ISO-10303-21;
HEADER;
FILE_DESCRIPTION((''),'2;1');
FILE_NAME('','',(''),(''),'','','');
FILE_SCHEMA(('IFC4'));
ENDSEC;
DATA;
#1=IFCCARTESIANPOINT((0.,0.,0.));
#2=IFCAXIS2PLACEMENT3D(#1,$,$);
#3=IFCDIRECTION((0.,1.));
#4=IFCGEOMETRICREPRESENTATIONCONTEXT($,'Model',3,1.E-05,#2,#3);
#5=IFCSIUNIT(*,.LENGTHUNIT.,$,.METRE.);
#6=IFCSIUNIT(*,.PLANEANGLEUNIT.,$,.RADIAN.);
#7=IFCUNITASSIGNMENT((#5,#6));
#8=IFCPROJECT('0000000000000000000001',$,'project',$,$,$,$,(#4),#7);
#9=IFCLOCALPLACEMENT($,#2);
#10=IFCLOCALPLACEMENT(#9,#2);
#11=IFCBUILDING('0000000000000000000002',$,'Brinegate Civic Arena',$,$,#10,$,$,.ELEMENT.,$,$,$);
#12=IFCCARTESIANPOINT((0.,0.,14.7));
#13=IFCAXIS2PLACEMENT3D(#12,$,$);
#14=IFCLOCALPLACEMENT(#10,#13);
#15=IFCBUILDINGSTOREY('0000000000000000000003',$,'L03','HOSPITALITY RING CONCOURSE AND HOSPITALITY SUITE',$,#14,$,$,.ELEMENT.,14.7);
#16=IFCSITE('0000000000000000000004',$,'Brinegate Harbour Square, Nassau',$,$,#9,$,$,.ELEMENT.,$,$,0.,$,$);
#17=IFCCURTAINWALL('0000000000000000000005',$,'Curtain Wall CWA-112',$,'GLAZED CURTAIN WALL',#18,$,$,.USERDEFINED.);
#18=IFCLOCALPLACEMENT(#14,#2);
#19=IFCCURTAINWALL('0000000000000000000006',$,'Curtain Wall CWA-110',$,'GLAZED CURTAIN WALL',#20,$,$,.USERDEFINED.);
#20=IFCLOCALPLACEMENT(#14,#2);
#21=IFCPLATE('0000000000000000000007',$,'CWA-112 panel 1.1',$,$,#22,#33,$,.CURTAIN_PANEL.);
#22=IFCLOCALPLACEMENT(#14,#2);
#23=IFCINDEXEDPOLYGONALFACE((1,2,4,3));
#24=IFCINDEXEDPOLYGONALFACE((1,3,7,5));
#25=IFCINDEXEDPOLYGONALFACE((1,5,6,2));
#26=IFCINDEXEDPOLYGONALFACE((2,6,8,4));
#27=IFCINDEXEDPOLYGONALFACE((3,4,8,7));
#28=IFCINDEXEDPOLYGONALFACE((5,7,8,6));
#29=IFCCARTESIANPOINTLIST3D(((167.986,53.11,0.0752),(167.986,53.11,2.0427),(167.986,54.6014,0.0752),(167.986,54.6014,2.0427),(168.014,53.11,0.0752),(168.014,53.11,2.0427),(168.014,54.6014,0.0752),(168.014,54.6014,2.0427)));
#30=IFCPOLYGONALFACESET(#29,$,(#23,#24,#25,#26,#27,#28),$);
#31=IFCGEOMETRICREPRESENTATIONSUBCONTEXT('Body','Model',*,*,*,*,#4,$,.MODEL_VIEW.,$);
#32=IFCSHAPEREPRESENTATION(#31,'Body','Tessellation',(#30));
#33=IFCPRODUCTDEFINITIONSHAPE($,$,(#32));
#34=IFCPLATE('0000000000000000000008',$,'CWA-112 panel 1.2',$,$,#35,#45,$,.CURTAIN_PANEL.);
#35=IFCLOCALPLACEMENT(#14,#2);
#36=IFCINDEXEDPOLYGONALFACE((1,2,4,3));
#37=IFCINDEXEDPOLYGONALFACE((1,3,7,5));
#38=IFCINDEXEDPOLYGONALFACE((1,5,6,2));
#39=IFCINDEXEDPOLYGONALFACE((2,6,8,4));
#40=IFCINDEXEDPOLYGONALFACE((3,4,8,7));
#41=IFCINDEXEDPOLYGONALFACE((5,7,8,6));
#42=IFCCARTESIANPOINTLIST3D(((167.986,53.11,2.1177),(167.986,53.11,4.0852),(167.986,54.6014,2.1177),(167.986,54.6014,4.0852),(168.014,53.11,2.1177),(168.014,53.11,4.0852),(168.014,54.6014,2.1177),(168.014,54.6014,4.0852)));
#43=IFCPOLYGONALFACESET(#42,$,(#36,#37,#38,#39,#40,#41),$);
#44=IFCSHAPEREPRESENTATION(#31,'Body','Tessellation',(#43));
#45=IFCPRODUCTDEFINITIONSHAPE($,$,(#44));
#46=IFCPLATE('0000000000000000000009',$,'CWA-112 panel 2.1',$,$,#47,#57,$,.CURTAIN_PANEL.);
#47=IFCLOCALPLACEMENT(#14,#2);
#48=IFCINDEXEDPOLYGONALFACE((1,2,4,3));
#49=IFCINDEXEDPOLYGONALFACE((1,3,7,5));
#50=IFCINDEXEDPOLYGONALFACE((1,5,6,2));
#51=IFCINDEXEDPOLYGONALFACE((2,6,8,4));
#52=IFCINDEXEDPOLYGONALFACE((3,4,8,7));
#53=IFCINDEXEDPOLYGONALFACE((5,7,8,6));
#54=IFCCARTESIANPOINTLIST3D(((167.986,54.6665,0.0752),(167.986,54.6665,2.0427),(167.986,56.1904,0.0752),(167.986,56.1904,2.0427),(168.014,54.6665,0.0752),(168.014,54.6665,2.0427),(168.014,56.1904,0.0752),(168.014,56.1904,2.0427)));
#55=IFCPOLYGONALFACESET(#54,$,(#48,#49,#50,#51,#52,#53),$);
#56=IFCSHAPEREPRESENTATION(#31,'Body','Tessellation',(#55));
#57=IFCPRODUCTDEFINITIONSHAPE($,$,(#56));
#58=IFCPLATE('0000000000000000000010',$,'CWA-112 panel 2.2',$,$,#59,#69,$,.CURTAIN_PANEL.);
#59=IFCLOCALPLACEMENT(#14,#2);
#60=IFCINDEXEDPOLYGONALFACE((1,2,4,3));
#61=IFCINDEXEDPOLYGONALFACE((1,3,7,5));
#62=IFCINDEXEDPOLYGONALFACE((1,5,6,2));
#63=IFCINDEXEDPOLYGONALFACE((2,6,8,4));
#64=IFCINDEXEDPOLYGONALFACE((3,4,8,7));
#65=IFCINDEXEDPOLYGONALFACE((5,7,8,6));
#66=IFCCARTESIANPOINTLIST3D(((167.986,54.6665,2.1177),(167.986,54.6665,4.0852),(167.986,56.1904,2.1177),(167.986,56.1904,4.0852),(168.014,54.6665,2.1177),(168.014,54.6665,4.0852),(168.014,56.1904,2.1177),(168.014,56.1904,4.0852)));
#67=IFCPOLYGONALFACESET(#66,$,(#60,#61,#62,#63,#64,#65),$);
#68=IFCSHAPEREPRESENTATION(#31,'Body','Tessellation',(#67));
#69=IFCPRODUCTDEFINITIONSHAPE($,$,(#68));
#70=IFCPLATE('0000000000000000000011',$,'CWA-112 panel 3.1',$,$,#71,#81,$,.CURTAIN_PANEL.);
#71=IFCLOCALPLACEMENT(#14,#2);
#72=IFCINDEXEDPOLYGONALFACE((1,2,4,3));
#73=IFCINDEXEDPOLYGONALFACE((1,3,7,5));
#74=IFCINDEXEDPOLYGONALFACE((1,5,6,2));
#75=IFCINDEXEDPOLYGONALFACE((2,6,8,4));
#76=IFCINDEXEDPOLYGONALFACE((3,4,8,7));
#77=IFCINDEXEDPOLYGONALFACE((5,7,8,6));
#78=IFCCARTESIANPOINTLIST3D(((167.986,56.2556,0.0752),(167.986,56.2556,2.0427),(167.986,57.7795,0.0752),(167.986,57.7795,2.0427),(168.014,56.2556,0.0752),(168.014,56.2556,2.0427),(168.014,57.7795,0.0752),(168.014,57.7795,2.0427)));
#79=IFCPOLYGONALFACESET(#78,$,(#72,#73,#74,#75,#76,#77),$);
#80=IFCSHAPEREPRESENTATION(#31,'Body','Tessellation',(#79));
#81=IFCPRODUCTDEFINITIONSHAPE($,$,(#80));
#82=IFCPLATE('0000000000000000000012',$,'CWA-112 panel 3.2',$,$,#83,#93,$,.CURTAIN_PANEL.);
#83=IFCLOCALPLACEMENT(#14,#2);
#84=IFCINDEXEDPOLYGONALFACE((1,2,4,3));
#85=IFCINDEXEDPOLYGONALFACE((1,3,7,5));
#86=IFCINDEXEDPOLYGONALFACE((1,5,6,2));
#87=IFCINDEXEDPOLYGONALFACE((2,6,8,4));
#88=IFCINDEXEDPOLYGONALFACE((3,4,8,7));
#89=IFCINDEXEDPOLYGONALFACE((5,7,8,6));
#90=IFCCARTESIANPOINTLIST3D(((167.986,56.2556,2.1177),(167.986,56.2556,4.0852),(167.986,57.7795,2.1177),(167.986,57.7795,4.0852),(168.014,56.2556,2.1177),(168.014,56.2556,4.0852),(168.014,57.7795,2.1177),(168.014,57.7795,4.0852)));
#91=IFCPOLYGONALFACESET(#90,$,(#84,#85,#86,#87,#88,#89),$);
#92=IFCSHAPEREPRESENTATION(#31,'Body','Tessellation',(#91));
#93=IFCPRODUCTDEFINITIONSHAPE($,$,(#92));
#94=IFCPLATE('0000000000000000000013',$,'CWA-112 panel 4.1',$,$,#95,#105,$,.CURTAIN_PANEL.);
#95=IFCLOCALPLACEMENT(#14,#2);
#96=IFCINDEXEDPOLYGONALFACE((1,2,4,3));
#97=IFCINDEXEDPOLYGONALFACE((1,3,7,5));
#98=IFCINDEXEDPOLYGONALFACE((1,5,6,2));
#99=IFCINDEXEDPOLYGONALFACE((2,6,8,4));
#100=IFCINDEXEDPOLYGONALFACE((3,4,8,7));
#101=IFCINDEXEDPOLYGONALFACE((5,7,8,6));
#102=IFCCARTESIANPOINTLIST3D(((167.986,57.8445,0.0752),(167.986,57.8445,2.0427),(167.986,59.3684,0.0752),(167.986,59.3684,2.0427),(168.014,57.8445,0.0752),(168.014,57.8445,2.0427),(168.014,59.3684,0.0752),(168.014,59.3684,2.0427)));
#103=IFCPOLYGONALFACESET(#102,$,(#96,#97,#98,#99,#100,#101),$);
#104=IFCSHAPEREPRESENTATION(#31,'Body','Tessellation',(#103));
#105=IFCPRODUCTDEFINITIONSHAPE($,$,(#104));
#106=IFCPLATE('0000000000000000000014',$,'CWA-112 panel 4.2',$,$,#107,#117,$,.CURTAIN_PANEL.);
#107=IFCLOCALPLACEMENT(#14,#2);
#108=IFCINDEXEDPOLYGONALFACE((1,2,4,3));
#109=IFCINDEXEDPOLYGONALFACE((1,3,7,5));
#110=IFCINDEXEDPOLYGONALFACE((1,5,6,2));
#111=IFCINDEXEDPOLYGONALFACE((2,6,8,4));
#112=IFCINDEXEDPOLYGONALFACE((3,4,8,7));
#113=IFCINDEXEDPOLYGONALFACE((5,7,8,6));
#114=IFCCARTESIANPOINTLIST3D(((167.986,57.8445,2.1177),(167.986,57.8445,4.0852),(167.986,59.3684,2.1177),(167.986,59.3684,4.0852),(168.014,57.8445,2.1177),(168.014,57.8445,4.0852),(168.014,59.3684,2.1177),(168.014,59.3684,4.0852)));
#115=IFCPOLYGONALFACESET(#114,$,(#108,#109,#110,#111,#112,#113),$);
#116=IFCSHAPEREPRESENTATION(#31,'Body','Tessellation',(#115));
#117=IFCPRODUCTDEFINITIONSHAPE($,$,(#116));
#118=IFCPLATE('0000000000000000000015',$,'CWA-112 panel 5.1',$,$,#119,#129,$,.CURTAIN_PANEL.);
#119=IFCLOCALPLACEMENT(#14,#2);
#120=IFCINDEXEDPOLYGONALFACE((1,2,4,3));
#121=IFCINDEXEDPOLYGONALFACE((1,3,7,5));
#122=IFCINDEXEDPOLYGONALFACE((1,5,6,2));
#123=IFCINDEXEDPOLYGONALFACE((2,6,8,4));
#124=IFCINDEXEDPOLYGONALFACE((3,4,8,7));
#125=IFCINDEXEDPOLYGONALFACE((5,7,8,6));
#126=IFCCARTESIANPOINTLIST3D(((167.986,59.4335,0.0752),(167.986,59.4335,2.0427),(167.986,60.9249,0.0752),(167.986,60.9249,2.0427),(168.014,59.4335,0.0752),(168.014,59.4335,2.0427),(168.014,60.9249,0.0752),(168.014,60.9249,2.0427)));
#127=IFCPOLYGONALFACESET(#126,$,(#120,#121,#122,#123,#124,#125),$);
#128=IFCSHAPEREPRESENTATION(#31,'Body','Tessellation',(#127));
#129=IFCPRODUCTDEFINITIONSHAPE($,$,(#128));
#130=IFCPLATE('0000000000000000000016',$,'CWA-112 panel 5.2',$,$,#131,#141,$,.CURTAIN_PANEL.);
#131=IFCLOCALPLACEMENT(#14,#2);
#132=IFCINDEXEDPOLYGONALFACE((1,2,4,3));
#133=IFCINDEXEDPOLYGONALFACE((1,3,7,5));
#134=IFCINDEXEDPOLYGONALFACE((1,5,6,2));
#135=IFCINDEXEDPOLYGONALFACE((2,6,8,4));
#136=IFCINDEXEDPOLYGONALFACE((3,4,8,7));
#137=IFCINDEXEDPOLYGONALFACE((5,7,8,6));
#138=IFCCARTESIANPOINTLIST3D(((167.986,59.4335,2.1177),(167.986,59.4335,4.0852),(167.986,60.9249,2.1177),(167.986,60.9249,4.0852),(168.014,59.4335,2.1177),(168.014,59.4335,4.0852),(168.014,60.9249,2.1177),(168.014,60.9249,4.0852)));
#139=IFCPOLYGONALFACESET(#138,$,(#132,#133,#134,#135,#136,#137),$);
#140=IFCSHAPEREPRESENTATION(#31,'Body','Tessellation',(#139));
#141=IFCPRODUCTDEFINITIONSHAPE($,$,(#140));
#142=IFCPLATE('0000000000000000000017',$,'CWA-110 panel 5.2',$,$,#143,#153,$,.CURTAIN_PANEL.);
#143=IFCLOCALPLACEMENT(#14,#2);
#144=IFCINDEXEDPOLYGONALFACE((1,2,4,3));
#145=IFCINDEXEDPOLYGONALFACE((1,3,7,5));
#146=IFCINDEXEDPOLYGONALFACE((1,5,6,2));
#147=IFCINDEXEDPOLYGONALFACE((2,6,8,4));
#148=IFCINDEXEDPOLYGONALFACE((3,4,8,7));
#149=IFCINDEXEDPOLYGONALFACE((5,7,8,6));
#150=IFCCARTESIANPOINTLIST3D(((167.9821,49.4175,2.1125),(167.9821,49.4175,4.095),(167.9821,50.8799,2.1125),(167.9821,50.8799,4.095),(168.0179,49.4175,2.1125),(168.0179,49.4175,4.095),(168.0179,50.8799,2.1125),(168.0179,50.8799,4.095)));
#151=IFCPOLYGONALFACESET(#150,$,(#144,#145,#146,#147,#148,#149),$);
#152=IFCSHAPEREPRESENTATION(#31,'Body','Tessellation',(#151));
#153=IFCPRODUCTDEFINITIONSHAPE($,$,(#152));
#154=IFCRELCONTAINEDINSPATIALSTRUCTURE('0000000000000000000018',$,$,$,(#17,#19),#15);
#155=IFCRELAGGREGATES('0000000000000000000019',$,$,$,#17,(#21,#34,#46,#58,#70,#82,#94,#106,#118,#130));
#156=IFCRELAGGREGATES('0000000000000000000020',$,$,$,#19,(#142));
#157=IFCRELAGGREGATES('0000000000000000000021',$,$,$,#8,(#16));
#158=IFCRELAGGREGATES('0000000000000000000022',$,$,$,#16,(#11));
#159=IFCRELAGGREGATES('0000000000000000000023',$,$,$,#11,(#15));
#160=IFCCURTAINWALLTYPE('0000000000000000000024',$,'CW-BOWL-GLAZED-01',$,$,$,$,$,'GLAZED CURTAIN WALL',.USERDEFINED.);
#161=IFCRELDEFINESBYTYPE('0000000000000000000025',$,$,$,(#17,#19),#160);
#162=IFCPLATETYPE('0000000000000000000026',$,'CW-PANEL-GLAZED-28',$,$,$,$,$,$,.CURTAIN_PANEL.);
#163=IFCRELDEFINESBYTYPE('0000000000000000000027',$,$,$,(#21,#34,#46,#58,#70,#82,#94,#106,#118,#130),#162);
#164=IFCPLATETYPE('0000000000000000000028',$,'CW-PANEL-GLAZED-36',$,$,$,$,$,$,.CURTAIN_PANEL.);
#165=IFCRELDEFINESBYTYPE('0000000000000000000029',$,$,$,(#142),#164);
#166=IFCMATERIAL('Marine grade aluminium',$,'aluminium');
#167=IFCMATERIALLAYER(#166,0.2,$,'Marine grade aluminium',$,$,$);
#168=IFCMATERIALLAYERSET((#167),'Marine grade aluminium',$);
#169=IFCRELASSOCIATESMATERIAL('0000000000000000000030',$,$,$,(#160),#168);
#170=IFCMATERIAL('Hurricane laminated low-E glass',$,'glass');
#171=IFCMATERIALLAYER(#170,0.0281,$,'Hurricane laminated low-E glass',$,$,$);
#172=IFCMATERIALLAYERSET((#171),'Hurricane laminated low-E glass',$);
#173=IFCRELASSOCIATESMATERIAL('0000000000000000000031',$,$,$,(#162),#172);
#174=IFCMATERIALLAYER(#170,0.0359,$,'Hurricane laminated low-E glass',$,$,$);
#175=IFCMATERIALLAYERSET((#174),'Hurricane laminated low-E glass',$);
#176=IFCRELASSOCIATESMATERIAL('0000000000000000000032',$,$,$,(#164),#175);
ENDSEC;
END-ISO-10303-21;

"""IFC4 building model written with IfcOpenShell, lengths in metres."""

from ifc_helpers import new_model, si_unit, direction, frame, origin, origin_2d, place, context, subcontext, project, spatial, rectangle, extrude, material, layer, layer_set, type_object, element, aggregate, save


model = new_model("IFC4")

# Units and contexts
model_context = context("Model", 3, precision=1e-05, world=origin(), true_north=direction((0.0, 1.0)))
body_context = subcontext(model_context, "Body", "Model", "MODEL_VIEW")
ifc_project = project(units=[si_unit("LENGTHUNIT", "METRE"), si_unit("PLANEANGLEUNIT", "RADIAN")], contexts=[model_context])

# Site, building, storey
site_placement = place(None, origin())
site = spatial("IfcSite", under=ifc_project, at=site_placement, Name="Brinegate Harbour Square, Nassau", CompositionType="ELEMENT", RefElevation=0.0)
building_placement = place(site_placement, origin())
building = spatial("IfcBuilding", under=site, at=building_placement, Name="Brinegate Civic Arena", CompositionType="ELEMENT")
storey_placement = place(building_placement, frame((0.0, 0.0, 14.7)))
storey = spatial("IfcBuildingStorey", under=building, at=storey_placement, Name="L03", Description="HOSPITALITY RING CONCOURSE AND HOSPITALITY SUITE", CompositionType="ELEMENT", Elevation=14.7)

# Curtain wall
ifc_material_1 = material(Name="Marine grade aluminium", Category="aluminium")
ifc_layer_1 = layer(ifc_material_1, 0.2, Name="Marine grade aluminium")
ifc_layer_set_1 = layer_set([ifc_layer_1], Name="Marine grade aluminium")
curtain_wall_type = type_object("IfcCurtainWallType", Name="CW-BOWL-GLAZED-01", ElementType="GLAZED CURTAIN WALL", PredefinedType="USERDEFINED", material=ifc_layer_set_1)
curtain_wall_1_placement = place(storey_placement, origin())
curtain_wall_1 = element("IfcCurtainWall", 1, at=curtain_wall_1_placement, inside=storey, type_object=curtain_wall_type, Name="Curtain Wall CWA-112", ObjectType="GLAZED CURTAIN WALL", PredefinedType="USERDEFINED")

# Curtain wall
curtain_wall_2_placement = place(storey_placement, origin())
curtain_wall_2 = element("IfcCurtainWall", 2, at=curtain_wall_2_placement, inside=storey, type_object=curtain_wall_type, Name="Curtain Wall CWA-110", ObjectType="GLAZED CURTAIN WALL", PredefinedType="USERDEFINED")

# Plates
ifc_material_2 = material(Name="Hurricane laminated low-E glass", Category="glass")
ifc_layer_2 = layer(ifc_material_2, 0.0281, Name="Hurricane laminated low-E glass")
ifc_layer_set_2 = layer_set([ifc_layer_2], Name="Hurricane laminated low-E glass")
plate_type_1 = type_object("IfcPlateType", Name="CW-PANEL-GLAZED-28", PredefinedType="CURTAIN_PANEL", material=ifc_layer_set_2)
plate_1_placement = place(storey_placement, frame((168.0, 53.8557, 0.0752), z_axis=(0.0, 0.0, 1.0), x_axis=(0.0, 1.0, 0.0)))
plate_1 = element("IfcPlate", 3, at=plate_1_placement, type_object=plate_type_1, Name="CWA-112 panel 1.1", PredefinedType="CURTAIN_PANEL", context=body_context, shape_type="SweptSolid", body=[
    extrude(rectangle(XDim=1.4915, YDim=0.0281, at=origin_2d()), origin(), (0.0, 0.0, 1.0), 1.9675),
])
plate_2_placement = place(storey_placement, frame((168.0, 53.8557, 2.1177), z_axis=(0.0, 0.0, 1.0), x_axis=(0.0, 1.0, 0.0)))
plate_2 = element("IfcPlate", 4, at=plate_2_placement, type_object=plate_type_1, Name="CWA-112 panel 1.2", PredefinedType="CURTAIN_PANEL", context=body_context, shape_type="SweptSolid", body=[
    extrude(rectangle(XDim=1.4915, YDim=0.0281, at=origin_2d()), origin(), (0.0, 0.0, 1.0), 1.9675),
])
plate_3_placement = place(storey_placement, frame((168.0, 55.4285, 0.0752), z_axis=(0.0, 0.0, 1.0), x_axis=(0.0, 1.0, 0.0)))
plate_3 = element("IfcPlate", 5, at=plate_3_placement, type_object=plate_type_1, Name="CWA-112 panel 2.1", PredefinedType="CURTAIN_PANEL", context=body_context, shape_type="SweptSolid", body=[
    extrude(rectangle(XDim=1.5239, YDim=0.0281, at=origin_2d()), origin(), (0.0, 0.0, 1.0), 1.9675),
])
plate_4_placement = place(storey_placement, frame((168.0, 55.4285, 2.1177), z_axis=(0.0, 0.0, 1.0), x_axis=(0.0, 1.0, 0.0)))
plate_4 = element("IfcPlate", 6, at=plate_4_placement, type_object=plate_type_1, Name="CWA-112 panel 2.2", PredefinedType="CURTAIN_PANEL", context=body_context, shape_type="SweptSolid", body=[
    extrude(rectangle(XDim=1.5239, YDim=0.0281, at=origin_2d()), origin(), (0.0, 0.0, 1.0), 1.9675),
])
plate_5_placement = place(storey_placement, frame((168.0, 57.0176, 0.0752), z_axis=(0.0, 0.0, 1.0), x_axis=(0.0, 1.0, 0.0)))
plate_5 = element("IfcPlate", 7, at=plate_5_placement, type_object=plate_type_1, Name="CWA-112 panel 3.1", PredefinedType="CURTAIN_PANEL", context=body_context, shape_type="SweptSolid", body=[
    extrude(rectangle(XDim=1.5239, YDim=0.0281, at=origin_2d()), origin(), (0.0, 0.0, 1.0), 1.9675),
])
plate_6_placement = place(storey_placement, frame((168.0, 57.0176, 2.1177), z_axis=(0.0, 0.0, 1.0), x_axis=(0.0, 1.0, 0.0)))
plate_6 = element("IfcPlate", 8, at=plate_6_placement, type_object=plate_type_1, Name="CWA-112 panel 3.2", PredefinedType="CURTAIN_PANEL", context=body_context, shape_type="SweptSolid", body=[
    extrude(rectangle(XDim=1.5239, YDim=0.0281, at=origin_2d()), origin(), (0.0, 0.0, 1.0), 1.9675),
])
plate_7_placement = place(storey_placement, frame((168.0, 58.6064, 0.0752), z_axis=(0.0, 0.0, 1.0), x_axis=(0.0, 1.0, 0.0)))
plate_7 = element("IfcPlate", 9, at=plate_7_placement, type_object=plate_type_1, Name="CWA-112 panel 4.1", PredefinedType="CURTAIN_PANEL", context=body_context, shape_type="SweptSolid", body=[
    extrude(rectangle(XDim=1.5239, YDim=0.0281, at=origin_2d()), origin(), (0.0, 0.0, 1.0), 1.9675),
])
plate_8_placement = place(storey_placement, frame((168.0, 58.6064, 2.1177), z_axis=(0.0, 0.0, 1.0), x_axis=(0.0, 1.0, 0.0)))
plate_8 = element("IfcPlate", 10, at=plate_8_placement, type_object=plate_type_1, Name="CWA-112 panel 4.2", PredefinedType="CURTAIN_PANEL", context=body_context, shape_type="SweptSolid", body=[
    extrude(rectangle(XDim=1.5239, YDim=0.0281, at=origin_2d()), origin(), (0.0, 0.0, 1.0), 1.9675),
])
plate_9_placement = place(storey_placement, frame((168.0, 60.1792, 0.0752), z_axis=(0.0, 0.0, 1.0), x_axis=(0.0, 1.0, 0.0)))
plate_9 = element("IfcPlate", 11, at=plate_9_placement, type_object=plate_type_1, Name="CWA-112 panel 5.1", PredefinedType="CURTAIN_PANEL", context=body_context, shape_type="SweptSolid", body=[
    extrude(rectangle(XDim=1.4915, YDim=0.0281, at=origin_2d()), origin(), (0.0, 0.0, 1.0), 1.9675),
])
plate_10_placement = place(storey_placement, frame((168.0, 60.1792, 2.1177), z_axis=(0.0, 0.0, 1.0), x_axis=(0.0, 1.0, 0.0)))
plate_10 = element("IfcPlate", 12, at=plate_10_placement, type_object=plate_type_1, Name="CWA-112 panel 5.2", PredefinedType="CURTAIN_PANEL", context=body_context, shape_type="SweptSolid", body=[
    extrude(rectangle(XDim=1.4915, YDim=0.0281, at=origin_2d()), origin(), (0.0, 0.0, 1.0), 1.9675),
])
aggregate(curtain_wall_1, [plate_1, plate_2, plate_3, plate_4, plate_5, plate_6, plate_7, plate_8, plate_9, plate_10])
ifc_layer_3 = layer(ifc_material_2, 0.0359, Name="Hurricane laminated low-E glass")
ifc_layer_set_3 = layer_set([ifc_layer_3], Name="Hurricane laminated low-E glass")
plate_type_2 = type_object("IfcPlateType", Name="CW-PANEL-GLAZED-36", PredefinedType="CURTAIN_PANEL", material=ifc_layer_set_3)
plate_11_placement = place(storey_placement, frame((168.0, 50.1487, 2.1125), z_axis=(0.0, 0.0, 1.0), x_axis=(0.0, 1.0, 0.0)))
plate_11 = element("IfcPlate", 13, at=plate_11_placement, type_object=plate_type_2, Name="CWA-110 panel 5.2", PredefinedType="CURTAIN_PANEL", context=body_context, shape_type="SweptSolid", body=[
    extrude(rectangle(XDim=1.4624, YDim=0.0359, at=origin_2d()), origin(), (0.0, 0.0, 1.0), 1.9824),
])
aggregate(curtain_wall_2, [plate_11])

save(model, "model.ifc")
